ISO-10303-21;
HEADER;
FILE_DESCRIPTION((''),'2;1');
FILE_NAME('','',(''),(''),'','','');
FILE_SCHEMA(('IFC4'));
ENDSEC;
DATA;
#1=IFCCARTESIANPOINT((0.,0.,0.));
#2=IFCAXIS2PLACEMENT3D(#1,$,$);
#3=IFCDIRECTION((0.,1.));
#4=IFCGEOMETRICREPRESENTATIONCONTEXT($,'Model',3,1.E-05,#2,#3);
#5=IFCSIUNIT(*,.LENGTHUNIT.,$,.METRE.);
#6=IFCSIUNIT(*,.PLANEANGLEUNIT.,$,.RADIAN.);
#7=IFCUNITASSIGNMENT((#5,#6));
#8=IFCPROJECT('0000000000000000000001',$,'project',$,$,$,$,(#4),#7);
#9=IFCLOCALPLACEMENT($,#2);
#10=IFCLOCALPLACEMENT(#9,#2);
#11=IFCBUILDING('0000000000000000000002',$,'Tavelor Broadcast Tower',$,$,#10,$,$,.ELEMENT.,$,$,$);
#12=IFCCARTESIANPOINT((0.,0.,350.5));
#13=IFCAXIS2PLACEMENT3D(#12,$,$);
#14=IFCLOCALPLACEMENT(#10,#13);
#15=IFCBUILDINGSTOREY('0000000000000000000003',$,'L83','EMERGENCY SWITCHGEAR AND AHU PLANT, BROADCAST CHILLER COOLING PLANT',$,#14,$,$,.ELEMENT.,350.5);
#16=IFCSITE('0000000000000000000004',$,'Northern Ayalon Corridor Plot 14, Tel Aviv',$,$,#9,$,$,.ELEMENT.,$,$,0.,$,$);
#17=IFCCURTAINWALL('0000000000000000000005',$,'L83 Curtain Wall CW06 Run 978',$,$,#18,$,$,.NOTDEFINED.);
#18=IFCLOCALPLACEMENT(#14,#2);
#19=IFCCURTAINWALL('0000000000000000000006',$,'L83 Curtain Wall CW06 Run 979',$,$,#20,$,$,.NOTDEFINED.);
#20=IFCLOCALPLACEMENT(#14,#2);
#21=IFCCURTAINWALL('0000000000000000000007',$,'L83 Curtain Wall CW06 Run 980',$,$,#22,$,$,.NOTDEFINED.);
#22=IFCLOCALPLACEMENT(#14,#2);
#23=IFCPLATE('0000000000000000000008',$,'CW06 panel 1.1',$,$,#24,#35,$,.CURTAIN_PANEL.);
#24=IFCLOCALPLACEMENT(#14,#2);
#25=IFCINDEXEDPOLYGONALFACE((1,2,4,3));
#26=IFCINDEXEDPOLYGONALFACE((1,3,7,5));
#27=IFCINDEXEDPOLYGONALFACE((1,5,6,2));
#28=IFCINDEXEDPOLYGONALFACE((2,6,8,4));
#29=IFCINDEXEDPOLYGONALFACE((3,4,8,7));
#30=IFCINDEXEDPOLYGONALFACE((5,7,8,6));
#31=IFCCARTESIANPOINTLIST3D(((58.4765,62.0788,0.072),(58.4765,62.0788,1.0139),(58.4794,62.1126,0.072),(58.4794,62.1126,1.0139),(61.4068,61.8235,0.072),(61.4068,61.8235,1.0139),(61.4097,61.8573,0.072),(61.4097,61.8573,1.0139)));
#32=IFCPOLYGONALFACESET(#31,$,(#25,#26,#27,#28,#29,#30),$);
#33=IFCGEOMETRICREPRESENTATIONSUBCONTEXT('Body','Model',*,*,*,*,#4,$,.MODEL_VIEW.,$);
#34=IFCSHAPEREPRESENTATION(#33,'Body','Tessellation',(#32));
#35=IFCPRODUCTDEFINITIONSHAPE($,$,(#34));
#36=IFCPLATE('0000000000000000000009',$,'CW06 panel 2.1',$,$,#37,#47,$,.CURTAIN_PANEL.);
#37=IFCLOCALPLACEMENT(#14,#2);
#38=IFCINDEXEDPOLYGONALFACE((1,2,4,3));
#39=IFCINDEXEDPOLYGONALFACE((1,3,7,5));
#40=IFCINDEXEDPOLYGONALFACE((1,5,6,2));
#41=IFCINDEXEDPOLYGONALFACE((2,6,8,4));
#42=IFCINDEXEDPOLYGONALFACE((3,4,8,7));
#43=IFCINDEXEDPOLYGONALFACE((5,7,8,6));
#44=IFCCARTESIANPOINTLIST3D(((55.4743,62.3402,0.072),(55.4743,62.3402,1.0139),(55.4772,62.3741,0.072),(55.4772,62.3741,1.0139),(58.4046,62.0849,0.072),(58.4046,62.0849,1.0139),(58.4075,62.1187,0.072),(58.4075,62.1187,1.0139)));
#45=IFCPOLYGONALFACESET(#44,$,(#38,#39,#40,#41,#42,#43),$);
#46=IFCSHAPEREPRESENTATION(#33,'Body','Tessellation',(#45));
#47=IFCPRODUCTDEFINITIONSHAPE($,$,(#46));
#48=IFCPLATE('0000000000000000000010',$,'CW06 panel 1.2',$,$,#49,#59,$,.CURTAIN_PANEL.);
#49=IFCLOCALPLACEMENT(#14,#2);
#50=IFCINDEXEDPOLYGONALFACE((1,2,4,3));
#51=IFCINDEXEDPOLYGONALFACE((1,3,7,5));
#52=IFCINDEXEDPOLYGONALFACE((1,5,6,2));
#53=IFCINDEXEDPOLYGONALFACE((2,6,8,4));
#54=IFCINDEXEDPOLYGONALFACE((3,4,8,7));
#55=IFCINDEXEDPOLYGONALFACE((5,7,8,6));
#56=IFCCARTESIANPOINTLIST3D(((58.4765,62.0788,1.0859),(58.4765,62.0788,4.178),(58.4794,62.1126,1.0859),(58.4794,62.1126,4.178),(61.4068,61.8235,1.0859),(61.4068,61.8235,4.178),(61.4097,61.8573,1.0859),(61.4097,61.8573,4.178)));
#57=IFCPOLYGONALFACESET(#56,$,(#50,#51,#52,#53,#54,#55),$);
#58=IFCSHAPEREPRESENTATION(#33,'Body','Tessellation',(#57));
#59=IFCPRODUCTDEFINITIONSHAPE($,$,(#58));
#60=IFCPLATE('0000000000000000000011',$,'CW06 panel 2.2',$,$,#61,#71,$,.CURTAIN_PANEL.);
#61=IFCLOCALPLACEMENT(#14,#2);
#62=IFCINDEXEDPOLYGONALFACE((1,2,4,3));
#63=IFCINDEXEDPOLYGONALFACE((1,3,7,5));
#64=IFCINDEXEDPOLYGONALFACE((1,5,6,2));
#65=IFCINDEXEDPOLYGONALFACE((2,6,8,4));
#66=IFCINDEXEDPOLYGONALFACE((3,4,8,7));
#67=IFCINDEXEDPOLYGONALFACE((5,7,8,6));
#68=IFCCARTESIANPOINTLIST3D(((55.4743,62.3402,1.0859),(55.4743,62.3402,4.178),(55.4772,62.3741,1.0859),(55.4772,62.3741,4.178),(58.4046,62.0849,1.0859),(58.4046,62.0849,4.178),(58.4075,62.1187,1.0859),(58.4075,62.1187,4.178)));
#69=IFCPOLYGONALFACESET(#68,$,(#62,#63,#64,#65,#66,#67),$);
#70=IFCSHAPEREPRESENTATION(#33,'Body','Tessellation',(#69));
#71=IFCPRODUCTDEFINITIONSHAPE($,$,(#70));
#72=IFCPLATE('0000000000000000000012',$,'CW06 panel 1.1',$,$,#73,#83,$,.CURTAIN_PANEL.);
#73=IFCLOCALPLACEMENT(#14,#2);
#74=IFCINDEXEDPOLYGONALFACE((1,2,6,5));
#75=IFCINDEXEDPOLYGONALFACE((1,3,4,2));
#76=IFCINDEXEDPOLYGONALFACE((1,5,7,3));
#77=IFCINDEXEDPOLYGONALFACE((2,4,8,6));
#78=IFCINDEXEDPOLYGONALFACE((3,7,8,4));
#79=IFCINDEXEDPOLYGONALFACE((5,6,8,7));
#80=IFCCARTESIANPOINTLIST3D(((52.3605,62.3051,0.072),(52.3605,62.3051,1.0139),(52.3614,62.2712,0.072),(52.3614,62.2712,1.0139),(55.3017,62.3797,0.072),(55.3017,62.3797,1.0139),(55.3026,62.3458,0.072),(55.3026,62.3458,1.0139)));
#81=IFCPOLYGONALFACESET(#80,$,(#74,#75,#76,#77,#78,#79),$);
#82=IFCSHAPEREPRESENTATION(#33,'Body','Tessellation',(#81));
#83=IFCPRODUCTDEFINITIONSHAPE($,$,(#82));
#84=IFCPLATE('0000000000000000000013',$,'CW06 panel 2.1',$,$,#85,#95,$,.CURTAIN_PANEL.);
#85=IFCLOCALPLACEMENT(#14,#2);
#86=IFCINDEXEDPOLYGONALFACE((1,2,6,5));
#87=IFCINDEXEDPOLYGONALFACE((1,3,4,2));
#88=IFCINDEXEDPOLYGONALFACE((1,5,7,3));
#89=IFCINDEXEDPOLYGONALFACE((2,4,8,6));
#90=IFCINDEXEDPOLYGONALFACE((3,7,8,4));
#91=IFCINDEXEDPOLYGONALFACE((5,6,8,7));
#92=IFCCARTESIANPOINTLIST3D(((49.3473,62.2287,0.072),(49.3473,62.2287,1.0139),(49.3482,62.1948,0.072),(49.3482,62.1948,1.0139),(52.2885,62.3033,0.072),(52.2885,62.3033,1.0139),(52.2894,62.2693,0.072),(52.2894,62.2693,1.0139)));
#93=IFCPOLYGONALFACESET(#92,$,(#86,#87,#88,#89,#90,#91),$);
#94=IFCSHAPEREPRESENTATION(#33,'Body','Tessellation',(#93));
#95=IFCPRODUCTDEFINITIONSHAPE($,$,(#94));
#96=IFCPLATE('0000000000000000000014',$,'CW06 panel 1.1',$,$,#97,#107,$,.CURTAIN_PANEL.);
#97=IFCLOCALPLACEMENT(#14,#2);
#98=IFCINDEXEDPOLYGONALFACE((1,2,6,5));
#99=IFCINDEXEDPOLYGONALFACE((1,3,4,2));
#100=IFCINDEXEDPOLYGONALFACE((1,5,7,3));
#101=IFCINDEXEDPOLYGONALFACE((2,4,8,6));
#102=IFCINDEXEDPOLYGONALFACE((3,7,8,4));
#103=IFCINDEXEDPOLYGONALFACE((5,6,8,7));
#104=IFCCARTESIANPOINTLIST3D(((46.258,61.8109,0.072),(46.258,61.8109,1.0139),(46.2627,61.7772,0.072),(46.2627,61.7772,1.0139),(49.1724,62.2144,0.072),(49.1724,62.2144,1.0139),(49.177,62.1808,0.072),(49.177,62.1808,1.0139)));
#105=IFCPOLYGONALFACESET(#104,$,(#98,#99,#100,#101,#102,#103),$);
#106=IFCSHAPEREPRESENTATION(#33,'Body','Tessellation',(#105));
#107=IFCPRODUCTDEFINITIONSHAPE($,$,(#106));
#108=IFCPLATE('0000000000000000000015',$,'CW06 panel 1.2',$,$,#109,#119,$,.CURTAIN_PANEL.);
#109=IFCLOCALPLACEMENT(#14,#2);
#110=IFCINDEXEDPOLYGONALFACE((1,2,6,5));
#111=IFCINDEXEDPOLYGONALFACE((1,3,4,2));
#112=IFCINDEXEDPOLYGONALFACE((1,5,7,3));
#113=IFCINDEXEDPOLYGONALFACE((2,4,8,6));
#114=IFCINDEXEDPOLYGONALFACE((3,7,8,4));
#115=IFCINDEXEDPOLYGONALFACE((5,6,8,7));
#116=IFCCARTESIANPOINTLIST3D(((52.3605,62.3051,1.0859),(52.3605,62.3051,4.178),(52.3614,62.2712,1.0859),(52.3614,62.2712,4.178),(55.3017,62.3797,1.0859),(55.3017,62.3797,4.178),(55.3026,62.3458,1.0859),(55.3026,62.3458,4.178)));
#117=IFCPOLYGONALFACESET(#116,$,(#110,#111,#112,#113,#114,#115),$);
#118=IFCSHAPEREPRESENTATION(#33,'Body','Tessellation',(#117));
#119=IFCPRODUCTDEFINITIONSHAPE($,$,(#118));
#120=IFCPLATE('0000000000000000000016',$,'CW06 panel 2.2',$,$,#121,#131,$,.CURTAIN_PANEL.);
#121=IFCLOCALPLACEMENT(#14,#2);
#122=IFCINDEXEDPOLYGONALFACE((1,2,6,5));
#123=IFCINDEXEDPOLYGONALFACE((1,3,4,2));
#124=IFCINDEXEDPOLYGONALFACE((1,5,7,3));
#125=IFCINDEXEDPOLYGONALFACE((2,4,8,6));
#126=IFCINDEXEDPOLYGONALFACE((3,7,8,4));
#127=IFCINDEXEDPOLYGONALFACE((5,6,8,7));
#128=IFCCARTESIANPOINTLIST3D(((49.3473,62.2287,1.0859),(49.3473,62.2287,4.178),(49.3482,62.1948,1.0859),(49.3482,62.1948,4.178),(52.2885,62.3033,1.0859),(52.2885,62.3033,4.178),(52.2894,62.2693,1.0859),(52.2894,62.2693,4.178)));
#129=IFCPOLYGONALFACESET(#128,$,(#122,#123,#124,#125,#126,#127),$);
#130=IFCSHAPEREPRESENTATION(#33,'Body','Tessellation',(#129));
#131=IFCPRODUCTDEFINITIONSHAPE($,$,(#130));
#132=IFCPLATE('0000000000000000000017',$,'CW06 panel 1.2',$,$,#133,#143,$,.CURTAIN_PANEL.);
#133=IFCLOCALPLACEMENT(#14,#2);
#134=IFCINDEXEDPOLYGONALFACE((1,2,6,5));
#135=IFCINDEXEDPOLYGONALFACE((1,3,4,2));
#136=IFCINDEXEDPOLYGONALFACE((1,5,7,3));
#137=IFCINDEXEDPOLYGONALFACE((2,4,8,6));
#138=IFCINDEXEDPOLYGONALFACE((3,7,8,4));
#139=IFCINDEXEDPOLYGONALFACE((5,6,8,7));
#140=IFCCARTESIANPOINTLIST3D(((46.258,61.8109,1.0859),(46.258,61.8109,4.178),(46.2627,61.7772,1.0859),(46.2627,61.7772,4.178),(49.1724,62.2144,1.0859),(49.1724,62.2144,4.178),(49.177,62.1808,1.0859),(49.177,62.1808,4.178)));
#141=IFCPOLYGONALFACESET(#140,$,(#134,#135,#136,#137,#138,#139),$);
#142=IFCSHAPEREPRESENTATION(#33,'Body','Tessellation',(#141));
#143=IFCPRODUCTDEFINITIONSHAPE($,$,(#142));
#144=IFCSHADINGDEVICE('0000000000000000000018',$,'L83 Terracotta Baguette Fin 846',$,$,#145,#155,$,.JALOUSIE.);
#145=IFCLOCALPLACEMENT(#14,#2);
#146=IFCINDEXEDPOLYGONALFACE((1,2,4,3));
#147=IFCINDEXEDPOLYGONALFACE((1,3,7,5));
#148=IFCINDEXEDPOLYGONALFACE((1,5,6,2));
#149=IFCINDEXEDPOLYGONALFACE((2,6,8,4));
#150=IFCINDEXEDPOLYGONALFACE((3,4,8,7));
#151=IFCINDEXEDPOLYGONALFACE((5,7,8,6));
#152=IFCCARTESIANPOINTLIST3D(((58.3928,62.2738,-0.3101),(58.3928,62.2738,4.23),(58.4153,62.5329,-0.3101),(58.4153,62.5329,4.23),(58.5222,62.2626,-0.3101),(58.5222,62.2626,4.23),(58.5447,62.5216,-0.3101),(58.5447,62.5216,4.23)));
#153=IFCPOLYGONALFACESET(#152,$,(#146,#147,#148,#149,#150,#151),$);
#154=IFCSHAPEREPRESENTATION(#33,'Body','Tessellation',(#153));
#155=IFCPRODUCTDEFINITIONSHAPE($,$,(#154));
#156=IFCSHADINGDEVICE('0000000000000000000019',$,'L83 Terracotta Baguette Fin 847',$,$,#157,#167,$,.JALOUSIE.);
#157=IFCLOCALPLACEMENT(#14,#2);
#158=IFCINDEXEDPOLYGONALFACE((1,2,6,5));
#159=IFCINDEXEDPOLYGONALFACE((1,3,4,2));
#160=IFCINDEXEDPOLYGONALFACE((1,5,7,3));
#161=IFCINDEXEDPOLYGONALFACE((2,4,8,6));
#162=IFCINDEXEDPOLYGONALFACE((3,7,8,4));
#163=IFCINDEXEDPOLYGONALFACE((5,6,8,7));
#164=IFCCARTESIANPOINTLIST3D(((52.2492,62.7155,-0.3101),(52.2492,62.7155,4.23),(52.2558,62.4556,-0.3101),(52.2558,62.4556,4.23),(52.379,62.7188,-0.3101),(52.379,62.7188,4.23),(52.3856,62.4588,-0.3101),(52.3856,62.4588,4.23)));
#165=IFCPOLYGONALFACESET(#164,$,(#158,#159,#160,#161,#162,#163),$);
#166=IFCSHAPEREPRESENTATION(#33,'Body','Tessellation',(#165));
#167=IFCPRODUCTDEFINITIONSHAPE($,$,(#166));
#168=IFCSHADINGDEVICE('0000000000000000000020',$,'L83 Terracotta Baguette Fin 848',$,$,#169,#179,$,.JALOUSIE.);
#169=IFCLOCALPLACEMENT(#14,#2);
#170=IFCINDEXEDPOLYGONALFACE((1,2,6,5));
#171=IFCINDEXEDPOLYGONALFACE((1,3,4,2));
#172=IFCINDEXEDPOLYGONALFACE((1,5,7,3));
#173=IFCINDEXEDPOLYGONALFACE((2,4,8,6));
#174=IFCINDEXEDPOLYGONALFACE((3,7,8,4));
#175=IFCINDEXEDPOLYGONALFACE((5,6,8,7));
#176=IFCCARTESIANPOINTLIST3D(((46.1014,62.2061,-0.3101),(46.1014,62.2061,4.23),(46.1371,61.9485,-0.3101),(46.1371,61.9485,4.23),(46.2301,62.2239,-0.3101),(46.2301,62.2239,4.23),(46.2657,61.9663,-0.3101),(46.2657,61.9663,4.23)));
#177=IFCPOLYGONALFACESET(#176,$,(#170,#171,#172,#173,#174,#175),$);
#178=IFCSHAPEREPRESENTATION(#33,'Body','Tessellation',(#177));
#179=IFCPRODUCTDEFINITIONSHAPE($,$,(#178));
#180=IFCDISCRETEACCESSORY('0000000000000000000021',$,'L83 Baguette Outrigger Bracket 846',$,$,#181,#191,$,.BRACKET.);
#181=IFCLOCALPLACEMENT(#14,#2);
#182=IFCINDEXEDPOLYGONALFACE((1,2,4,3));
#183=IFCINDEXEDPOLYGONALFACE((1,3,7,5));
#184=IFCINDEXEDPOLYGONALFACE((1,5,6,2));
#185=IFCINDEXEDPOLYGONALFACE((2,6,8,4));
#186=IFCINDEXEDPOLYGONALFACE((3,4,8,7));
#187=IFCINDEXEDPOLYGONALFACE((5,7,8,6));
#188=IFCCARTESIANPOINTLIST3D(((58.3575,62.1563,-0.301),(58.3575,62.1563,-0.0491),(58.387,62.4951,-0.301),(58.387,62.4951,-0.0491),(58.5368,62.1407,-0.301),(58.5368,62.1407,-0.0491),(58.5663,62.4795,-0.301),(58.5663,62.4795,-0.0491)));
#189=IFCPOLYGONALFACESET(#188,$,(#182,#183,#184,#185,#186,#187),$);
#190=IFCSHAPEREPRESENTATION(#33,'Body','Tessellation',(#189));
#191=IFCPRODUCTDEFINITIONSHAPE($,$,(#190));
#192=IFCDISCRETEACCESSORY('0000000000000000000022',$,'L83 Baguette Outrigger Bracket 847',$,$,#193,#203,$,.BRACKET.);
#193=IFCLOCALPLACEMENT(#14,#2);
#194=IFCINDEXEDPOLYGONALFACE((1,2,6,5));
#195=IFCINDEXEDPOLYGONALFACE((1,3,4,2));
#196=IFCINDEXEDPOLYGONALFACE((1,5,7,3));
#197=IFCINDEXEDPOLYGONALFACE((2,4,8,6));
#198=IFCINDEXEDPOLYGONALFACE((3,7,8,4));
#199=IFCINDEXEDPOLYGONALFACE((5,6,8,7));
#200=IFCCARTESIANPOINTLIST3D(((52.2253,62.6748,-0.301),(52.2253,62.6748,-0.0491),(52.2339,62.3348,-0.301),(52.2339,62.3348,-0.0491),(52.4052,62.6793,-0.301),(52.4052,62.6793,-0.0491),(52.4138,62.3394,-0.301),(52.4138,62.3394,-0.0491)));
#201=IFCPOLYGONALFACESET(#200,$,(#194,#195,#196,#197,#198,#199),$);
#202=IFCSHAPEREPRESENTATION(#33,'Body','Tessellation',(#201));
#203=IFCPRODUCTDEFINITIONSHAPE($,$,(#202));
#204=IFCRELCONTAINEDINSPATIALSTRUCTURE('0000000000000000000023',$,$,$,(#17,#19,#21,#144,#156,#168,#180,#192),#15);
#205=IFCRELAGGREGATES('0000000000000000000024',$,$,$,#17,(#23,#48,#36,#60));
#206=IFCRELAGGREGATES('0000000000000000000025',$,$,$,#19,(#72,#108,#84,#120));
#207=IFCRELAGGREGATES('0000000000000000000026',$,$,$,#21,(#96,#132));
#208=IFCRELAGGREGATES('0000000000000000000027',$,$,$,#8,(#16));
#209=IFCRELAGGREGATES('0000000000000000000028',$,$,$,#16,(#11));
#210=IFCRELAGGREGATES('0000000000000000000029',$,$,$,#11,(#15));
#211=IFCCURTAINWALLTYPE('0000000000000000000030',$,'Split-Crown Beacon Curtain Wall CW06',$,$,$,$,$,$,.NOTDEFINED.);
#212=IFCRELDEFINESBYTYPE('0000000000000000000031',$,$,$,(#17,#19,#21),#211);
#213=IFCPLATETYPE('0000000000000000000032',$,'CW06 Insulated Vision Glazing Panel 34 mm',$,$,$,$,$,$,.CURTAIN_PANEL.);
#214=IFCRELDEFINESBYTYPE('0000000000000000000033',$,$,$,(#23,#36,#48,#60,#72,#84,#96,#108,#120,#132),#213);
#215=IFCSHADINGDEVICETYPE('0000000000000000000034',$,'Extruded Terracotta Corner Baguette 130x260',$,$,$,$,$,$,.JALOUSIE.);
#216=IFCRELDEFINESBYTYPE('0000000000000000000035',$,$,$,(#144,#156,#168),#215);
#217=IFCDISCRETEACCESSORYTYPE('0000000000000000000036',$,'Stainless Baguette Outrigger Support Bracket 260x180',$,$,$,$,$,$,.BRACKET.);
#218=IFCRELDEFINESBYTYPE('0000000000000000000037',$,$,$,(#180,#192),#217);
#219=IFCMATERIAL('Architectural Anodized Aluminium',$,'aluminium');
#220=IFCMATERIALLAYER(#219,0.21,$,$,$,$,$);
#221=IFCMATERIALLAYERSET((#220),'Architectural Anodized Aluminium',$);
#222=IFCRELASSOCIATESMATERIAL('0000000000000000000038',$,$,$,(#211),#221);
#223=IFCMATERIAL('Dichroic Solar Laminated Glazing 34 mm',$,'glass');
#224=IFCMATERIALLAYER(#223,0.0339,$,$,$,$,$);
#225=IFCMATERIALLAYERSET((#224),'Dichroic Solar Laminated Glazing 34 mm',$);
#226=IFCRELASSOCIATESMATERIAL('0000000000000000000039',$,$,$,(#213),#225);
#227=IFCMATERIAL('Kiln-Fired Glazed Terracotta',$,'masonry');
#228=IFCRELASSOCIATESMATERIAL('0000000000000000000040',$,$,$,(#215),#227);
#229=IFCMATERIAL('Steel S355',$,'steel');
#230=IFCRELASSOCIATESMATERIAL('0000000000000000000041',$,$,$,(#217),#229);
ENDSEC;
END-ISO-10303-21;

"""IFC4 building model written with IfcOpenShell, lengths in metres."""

from ifc_helpers import new_model, si_unit, direction, frame, origin, origin_2d, place, context, subcontext, project, spatial, rectangle, extrude, source, transform, mapped, material, layer, layer_set, type_object, type_shapes, element, aggregate, save


model = new_model("IFC4")

# Units and contexts
model_context = context("Model", 3, precision=1e-05, world=origin(), true_north=direction((0.0, 1.0)))
body_context = subcontext(model_context, "Body", "Model", "MODEL_VIEW")
ifc_project = project(units=[si_unit("LENGTHUNIT", "METRE"), si_unit("PLANEANGLEUNIT", "RADIAN")], contexts=[model_context])

# Site, building, storey
site_placement = place(None, origin())
site = spatial("IfcSite", under=ifc_project, at=site_placement, Name="Northern Ayalon Corridor Plot 14, Tel Aviv", CompositionType="ELEMENT", RefElevation=0.0)
building_placement = place(site_placement, origin())
building = spatial("IfcBuilding", under=site, at=building_placement, Name="Tavelor Broadcast Tower", CompositionType="ELEMENT")
storey_placement = place(building_placement, frame((0.0, 0.0, 350.5)))
storey = spatial("IfcBuildingStorey", under=building, at=storey_placement, Name="L83", Description="EMERGENCY SWITCHGEAR AND AHU PLANT, BROADCAST CHILLER COOLING PLANT", CompositionType="ELEMENT", Elevation=350.5)

# Curtain walls
ifc_material_1 = material(Name="Architectural Anodized Aluminium", Category="aluminium")
ifc_layer_1 = layer(ifc_material_1, 0.21)
ifc_layer_set_1 = layer_set([ifc_layer_1], Name="Architectural Anodized Aluminium")
curtain_wall_type = type_object("IfcCurtainWallType", Name="Split-Crown Beacon Curtain Wall CW06", PredefinedType="NOTDEFINED", material=ifc_layer_set_1)
curtain_wall_1_placement = place(storey_placement, origin())
curtain_wall_1 = element("IfcCurtainWall", 1, at=curtain_wall_1_placement, inside=storey, type_object=curtain_wall_type, Name="L83 Curtain Wall CW06 Run 978", PredefinedType="NOTDEFINED")
curtain_wall_2_placement = place(storey_placement, origin())
curtain_wall_2 = element("IfcCurtainWall", 2, at=curtain_wall_2_placement, inside=storey, type_object=curtain_wall_type, Name="L83 Curtain Wall CW06 Run 979", PredefinedType="NOTDEFINED")

# Curtain wall
curtain_wall_3_placement = place(storey_placement, origin())
curtain_wall_3 = element("IfcCurtainWall", 3, at=curtain_wall_3_placement, inside=storey, type_object=curtain_wall_type, Name="L83 Curtain Wall CW06 Run 980", PredefinedType="NOTDEFINED")

# Plates
ifc_material_2 = material(Name="Dichroic Solar Laminated Glazing 34 mm", Category="glass")
ifc_layer_2 = layer(ifc_material_2, 0.0339)
ifc_layer_set_2 = layer_set([ifc_layer_2], Name="Dichroic Solar Laminated Glazing 34 mm")
plate_type = type_object("IfcPlateType", Name="CW06 Insulated Vision Glazing Panel 34 mm", PredefinedType="CURTAIN_PANEL", material=ifc_layer_set_2)
shared_shape_1 = source(origin(), body_context, "Body", "SweptSolid", [
    extrude(rectangle(XDim=2.9414, YDim=0.0339, at=origin_2d()), origin(), (0.0, 0.0, 1.0), 0.9419),
])
plate_1_placement = place(storey_placement, frame((59.9431, 61.968, 0.072), z_axis=(0.0, 0.0, 1.0), x_axis=(-0.996226, 0.086801, 0.0)))
plate_1 = element("IfcPlate", 4, at=plate_1_placement, type_object=plate_type, Name="CW06 panel 1.1", PredefinedType="CURTAIN_PANEL", context=body_context, shape_type="MappedRepresentation", body=[
    mapped(shared_shape_1, transform((0.0, 0.0, 0.0), scale=1.0)),
])
plate_2_placement = place(storey_placement, frame((56.9409, 62.2295, 0.072), z_axis=(0.0, 0.0, 1.0), x_axis=(-0.996226, 0.086801, 0.0)))
plate_2 = element("IfcPlate", 5, at=plate_2_placement, type_object=plate_type, Name="CW06 panel 2.1", PredefinedType="CURTAIN_PANEL", context=body_context, shape_type="MappedRepresentation", body=[
    mapped(shared_shape_1, transform((0.0, 0.0, 0.0), scale=1.0)),
])
shared_shape_2 = source(origin(), body_context, "Body", "SweptSolid", [
    extrude(rectangle(XDim=2.9414, YDim=0.0339, at=origin_2d()), origin(), (0.0, 0.0, 1.0), 3.092),
])
plate_3_placement = place(storey_placement, frame((59.9431, 61.968, 1.0859), z_axis=(0.0, 0.0, 1.0), x_axis=(-0.996226, 0.086801, 0.0)))
plate_3 = element("IfcPlate", 6, at=plate_3_placement, type_object=plate_type, Name="CW06 panel 1.2", PredefinedType="CURTAIN_PANEL", context=body_context, shape_type="MappedRepresentation", body=[
    mapped(shared_shape_2, transform((0.0, 0.0, 0.0), scale=1.0)),
])
plate_4_placement = place(storey_placement, frame((56.9409, 62.2295, 1.0859), z_axis=(0.0, 0.0, 1.0), x_axis=(-0.996226, 0.086801, 0.0)))
plate_4 = element("IfcPlate", 7, at=plate_4_placement, type_object=plate_type, Name="CW06 panel 2.2", PredefinedType="CURTAIN_PANEL", context=body_context, shape_type="MappedRepresentation", body=[
    mapped(shared_shape_2, transform((0.0, 0.0, 0.0), scale=1.0)),
])
aggregate(curtain_wall_1, [plate_1, plate_3, plate_2, plate_4])
shared_shape_3 = source(origin(), body_context, "Body", "SweptSolid", [
    extrude(rectangle(XDim=2.9421, YDim=0.0339, at=origin_2d()), origin(), (0.0, 0.0, 1.0), 0.9419),
])
plate_5_placement = place(storey_placement, frame((53.8315, 62.3254, 0.072), z_axis=(0.0, 0.0, 1.0), x_axis=(-0.999679, -0.025343, 0.0)))
plate_5 = element("IfcPlate", 8, at=plate_5_placement, type_object=plate_type, Name="CW06 panel 1.1", PredefinedType="CURTAIN_PANEL", context=body_context, shape_type="MappedRepresentation", body=[
    mapped(shared_shape_3, transform((0.0, 0.0, 0.0), scale=1.0)),
])
plate_6_placement = place(storey_placement, frame((50.8184, 62.249, 0.072), z_axis=(0.0, 0.0, 1.0), x_axis=(-0.999679, -0.025343, 0.0)))
plate_6 = element("IfcPlate", 9, at=plate_6_placement, type_object=plate_type, Name="CW06 panel 2.1", PredefinedType="CURTAIN_PANEL", context=body_context, shape_type="MappedRepresentation", body=[
    mapped(shared_shape_3, transform((0.0, 0.0, 0.0), scale=1.0)),
])
plate_7_placement = place(storey_placement, frame((47.7175, 61.9958, 0.072), z_axis=(0.0, 0.0, 1.0), x_axis=(-0.990547, -0.137174, 0.0)))
plate_7 = element("IfcPlate", 10, at=plate_7_placement, type_object=plate_type, Name="CW06 panel 1.1", PredefinedType="CURTAIN_PANEL", context=body_context, shape_type="MappedRepresentation", body=[
    mapped(shared_shape_3, transform((0.0, 0.0, 0.0), scale=1.0)),
])
shared_shape_4 = source(origin(), body_context, "Body", "SweptSolid", [
    extrude(rectangle(XDim=2.9421, YDim=0.0339, at=origin_2d()), origin(), (0.0, 0.0, 1.0), 3.092),
])
type_shapes(plate_type, [shared_shape_1, shared_shape_2, shared_shape_3, shared_shape_4])
plate_8_placement = place(storey_placement, frame((53.8315, 62.3254, 1.0859), z_axis=(0.0, 0.0, 1.0), x_axis=(-0.999679, -0.025343, 0.0)))
plate_8 = element("IfcPlate", 11, at=plate_8_placement, type_object=plate_type, Name="CW06 panel 1.2", PredefinedType="CURTAIN_PANEL", context=body_context, shape_type="MappedRepresentation", body=[
    mapped(shared_shape_4, transform((0.0, 0.0, 0.0), scale=1.0)),
])
plate_9_placement = place(storey_placement, frame((50.8184, 62.249, 1.0859), z_axis=(0.0, 0.0, 1.0), x_axis=(-0.999679, -0.025343, 0.0)))
plate_9 = element("IfcPlate", 12, at=plate_9_placement, type_object=plate_type, Name="CW06 panel 2.2", PredefinedType="CURTAIN_PANEL", context=body_context, shape_type="MappedRepresentation", body=[
    mapped(shared_shape_4, transform((0.0, 0.0, 0.0), scale=1.0)),
])
aggregate(curtain_wall_2, [plate_5, plate_8, plate_6, plate_9])
plate_10_placement = place(storey_placement, frame((47.7175, 61.9958, 1.0859), z_axis=(0.0, 0.0, 1.0), x_axis=(-0.990547, -0.137174, 0.0)))
plate_10 = element("IfcPlate", 13, at=plate_10_placement, type_object=plate_type, Name="CW06 panel 1.2", PredefinedType="CURTAIN_PANEL", context=body_context, shape_type="MappedRepresentation", body=[
    mapped(shared_shape_4, transform((0.0, 0.0, 0.0), scale=1.0)),
])
aggregate(curtain_wall_3, [plate_7, plate_10])

# Shading devices
ifc_material_3 = material(Name="Kiln-Fired Glazed Terracotta", Category="masonry")
shading_device_type = type_object("IfcShadingDeviceType", Name="Extruded Terracotta Corner Baguette 130x260", PredefinedType="JALOUSIE", material=ifc_material_3)
shared_shape_5 = source(origin(), body_context, "Body", "SweptSolid", [
    extrude(rectangle(XDim=0.1299, YDim=0.26, at=origin_2d()), origin(), (0.0, 0.0, 1.0), 4.54),
])
type_shapes(shading_device_type, [shared_shape_5])
for number, where, z_axis, x_axis, name in (
    (14, (58.4688, 62.3977, -0.3101), (0.0, 0.0, 1.0), (-0.996225, 0.086808, 0.0), "L83 Terracotta Baguette Fin 846"),
    (15, (52.3174, 62.5872, -0.3101), (0.0, 0.0, 1.0), (-0.99968, -0.025305, 0.0), "L83 Terracotta Baguette Fin 847"),
    (16, (46.1836, 62.0862, -0.3101), (0.0, 0.0, 1.0), (-0.990557, -0.137099, 0.0), "L83 Terracotta Baguette Fin 848"),
):
    element("IfcShadingDevice", number, at=place(storey_placement, frame(where, z_axis=z_axis, x_axis=x_axis)), inside=storey, type_object=shading_device_type, Name=name, PredefinedType="JALOUSIE", context=body_context, shape_type="MappedRepresentation", body=[
        mapped(shared_shape_5, transform((0.0, 0.0, 0.0), scale=1.0)),
    ])

# Discrete accessories
ifc_material_4 = material(Name="Steel S355", Category="steel")
discrete_accessory_type = type_object("IfcDiscreteAccessoryType", Name="Stainless Baguette Outrigger Support Bracket 260x180", PredefinedType="BRACKET", material=ifc_material_4)
shared_shape_6 = source(origin(), body_context, "Body", "SweptSolid", [
    extrude(rectangle(XDim=0.1799, YDim=0.3401, at=origin_2d()), origin(), (0.0, 0.0, 1.0), 0.252),
])
type_shapes(discrete_accessory_type, [shared_shape_6])
for number, where, z_axis, x_axis, name in (
    (17, (58.4619, 62.3179, -0.301), (0.0, 0.0, 1.0), (-0.996225, 0.086808, 0.0), "L83 Baguette Outrigger Bracket 846"),
    (18, (52.3196, 62.5071, -0.301), (0.0, 0.0, 1.0), (-0.99968, -0.025305, 0.0), "L83 Baguette Outrigger Bracket 847"),
):
    element("IfcDiscreteAccessory", number, at=place(storey_placement, frame(where, z_axis=z_axis, x_axis=x_axis)), inside=storey, type_object=discrete_accessory_type, Name=name, PredefinedType="BRACKET", context=body_context, shape_type="MappedRepresentation", body=[
        mapped(shared_shape_6, transform((0.0, 0.0, 0.0), scale=1.0)),
    ])

save(model, "model.ifc")
